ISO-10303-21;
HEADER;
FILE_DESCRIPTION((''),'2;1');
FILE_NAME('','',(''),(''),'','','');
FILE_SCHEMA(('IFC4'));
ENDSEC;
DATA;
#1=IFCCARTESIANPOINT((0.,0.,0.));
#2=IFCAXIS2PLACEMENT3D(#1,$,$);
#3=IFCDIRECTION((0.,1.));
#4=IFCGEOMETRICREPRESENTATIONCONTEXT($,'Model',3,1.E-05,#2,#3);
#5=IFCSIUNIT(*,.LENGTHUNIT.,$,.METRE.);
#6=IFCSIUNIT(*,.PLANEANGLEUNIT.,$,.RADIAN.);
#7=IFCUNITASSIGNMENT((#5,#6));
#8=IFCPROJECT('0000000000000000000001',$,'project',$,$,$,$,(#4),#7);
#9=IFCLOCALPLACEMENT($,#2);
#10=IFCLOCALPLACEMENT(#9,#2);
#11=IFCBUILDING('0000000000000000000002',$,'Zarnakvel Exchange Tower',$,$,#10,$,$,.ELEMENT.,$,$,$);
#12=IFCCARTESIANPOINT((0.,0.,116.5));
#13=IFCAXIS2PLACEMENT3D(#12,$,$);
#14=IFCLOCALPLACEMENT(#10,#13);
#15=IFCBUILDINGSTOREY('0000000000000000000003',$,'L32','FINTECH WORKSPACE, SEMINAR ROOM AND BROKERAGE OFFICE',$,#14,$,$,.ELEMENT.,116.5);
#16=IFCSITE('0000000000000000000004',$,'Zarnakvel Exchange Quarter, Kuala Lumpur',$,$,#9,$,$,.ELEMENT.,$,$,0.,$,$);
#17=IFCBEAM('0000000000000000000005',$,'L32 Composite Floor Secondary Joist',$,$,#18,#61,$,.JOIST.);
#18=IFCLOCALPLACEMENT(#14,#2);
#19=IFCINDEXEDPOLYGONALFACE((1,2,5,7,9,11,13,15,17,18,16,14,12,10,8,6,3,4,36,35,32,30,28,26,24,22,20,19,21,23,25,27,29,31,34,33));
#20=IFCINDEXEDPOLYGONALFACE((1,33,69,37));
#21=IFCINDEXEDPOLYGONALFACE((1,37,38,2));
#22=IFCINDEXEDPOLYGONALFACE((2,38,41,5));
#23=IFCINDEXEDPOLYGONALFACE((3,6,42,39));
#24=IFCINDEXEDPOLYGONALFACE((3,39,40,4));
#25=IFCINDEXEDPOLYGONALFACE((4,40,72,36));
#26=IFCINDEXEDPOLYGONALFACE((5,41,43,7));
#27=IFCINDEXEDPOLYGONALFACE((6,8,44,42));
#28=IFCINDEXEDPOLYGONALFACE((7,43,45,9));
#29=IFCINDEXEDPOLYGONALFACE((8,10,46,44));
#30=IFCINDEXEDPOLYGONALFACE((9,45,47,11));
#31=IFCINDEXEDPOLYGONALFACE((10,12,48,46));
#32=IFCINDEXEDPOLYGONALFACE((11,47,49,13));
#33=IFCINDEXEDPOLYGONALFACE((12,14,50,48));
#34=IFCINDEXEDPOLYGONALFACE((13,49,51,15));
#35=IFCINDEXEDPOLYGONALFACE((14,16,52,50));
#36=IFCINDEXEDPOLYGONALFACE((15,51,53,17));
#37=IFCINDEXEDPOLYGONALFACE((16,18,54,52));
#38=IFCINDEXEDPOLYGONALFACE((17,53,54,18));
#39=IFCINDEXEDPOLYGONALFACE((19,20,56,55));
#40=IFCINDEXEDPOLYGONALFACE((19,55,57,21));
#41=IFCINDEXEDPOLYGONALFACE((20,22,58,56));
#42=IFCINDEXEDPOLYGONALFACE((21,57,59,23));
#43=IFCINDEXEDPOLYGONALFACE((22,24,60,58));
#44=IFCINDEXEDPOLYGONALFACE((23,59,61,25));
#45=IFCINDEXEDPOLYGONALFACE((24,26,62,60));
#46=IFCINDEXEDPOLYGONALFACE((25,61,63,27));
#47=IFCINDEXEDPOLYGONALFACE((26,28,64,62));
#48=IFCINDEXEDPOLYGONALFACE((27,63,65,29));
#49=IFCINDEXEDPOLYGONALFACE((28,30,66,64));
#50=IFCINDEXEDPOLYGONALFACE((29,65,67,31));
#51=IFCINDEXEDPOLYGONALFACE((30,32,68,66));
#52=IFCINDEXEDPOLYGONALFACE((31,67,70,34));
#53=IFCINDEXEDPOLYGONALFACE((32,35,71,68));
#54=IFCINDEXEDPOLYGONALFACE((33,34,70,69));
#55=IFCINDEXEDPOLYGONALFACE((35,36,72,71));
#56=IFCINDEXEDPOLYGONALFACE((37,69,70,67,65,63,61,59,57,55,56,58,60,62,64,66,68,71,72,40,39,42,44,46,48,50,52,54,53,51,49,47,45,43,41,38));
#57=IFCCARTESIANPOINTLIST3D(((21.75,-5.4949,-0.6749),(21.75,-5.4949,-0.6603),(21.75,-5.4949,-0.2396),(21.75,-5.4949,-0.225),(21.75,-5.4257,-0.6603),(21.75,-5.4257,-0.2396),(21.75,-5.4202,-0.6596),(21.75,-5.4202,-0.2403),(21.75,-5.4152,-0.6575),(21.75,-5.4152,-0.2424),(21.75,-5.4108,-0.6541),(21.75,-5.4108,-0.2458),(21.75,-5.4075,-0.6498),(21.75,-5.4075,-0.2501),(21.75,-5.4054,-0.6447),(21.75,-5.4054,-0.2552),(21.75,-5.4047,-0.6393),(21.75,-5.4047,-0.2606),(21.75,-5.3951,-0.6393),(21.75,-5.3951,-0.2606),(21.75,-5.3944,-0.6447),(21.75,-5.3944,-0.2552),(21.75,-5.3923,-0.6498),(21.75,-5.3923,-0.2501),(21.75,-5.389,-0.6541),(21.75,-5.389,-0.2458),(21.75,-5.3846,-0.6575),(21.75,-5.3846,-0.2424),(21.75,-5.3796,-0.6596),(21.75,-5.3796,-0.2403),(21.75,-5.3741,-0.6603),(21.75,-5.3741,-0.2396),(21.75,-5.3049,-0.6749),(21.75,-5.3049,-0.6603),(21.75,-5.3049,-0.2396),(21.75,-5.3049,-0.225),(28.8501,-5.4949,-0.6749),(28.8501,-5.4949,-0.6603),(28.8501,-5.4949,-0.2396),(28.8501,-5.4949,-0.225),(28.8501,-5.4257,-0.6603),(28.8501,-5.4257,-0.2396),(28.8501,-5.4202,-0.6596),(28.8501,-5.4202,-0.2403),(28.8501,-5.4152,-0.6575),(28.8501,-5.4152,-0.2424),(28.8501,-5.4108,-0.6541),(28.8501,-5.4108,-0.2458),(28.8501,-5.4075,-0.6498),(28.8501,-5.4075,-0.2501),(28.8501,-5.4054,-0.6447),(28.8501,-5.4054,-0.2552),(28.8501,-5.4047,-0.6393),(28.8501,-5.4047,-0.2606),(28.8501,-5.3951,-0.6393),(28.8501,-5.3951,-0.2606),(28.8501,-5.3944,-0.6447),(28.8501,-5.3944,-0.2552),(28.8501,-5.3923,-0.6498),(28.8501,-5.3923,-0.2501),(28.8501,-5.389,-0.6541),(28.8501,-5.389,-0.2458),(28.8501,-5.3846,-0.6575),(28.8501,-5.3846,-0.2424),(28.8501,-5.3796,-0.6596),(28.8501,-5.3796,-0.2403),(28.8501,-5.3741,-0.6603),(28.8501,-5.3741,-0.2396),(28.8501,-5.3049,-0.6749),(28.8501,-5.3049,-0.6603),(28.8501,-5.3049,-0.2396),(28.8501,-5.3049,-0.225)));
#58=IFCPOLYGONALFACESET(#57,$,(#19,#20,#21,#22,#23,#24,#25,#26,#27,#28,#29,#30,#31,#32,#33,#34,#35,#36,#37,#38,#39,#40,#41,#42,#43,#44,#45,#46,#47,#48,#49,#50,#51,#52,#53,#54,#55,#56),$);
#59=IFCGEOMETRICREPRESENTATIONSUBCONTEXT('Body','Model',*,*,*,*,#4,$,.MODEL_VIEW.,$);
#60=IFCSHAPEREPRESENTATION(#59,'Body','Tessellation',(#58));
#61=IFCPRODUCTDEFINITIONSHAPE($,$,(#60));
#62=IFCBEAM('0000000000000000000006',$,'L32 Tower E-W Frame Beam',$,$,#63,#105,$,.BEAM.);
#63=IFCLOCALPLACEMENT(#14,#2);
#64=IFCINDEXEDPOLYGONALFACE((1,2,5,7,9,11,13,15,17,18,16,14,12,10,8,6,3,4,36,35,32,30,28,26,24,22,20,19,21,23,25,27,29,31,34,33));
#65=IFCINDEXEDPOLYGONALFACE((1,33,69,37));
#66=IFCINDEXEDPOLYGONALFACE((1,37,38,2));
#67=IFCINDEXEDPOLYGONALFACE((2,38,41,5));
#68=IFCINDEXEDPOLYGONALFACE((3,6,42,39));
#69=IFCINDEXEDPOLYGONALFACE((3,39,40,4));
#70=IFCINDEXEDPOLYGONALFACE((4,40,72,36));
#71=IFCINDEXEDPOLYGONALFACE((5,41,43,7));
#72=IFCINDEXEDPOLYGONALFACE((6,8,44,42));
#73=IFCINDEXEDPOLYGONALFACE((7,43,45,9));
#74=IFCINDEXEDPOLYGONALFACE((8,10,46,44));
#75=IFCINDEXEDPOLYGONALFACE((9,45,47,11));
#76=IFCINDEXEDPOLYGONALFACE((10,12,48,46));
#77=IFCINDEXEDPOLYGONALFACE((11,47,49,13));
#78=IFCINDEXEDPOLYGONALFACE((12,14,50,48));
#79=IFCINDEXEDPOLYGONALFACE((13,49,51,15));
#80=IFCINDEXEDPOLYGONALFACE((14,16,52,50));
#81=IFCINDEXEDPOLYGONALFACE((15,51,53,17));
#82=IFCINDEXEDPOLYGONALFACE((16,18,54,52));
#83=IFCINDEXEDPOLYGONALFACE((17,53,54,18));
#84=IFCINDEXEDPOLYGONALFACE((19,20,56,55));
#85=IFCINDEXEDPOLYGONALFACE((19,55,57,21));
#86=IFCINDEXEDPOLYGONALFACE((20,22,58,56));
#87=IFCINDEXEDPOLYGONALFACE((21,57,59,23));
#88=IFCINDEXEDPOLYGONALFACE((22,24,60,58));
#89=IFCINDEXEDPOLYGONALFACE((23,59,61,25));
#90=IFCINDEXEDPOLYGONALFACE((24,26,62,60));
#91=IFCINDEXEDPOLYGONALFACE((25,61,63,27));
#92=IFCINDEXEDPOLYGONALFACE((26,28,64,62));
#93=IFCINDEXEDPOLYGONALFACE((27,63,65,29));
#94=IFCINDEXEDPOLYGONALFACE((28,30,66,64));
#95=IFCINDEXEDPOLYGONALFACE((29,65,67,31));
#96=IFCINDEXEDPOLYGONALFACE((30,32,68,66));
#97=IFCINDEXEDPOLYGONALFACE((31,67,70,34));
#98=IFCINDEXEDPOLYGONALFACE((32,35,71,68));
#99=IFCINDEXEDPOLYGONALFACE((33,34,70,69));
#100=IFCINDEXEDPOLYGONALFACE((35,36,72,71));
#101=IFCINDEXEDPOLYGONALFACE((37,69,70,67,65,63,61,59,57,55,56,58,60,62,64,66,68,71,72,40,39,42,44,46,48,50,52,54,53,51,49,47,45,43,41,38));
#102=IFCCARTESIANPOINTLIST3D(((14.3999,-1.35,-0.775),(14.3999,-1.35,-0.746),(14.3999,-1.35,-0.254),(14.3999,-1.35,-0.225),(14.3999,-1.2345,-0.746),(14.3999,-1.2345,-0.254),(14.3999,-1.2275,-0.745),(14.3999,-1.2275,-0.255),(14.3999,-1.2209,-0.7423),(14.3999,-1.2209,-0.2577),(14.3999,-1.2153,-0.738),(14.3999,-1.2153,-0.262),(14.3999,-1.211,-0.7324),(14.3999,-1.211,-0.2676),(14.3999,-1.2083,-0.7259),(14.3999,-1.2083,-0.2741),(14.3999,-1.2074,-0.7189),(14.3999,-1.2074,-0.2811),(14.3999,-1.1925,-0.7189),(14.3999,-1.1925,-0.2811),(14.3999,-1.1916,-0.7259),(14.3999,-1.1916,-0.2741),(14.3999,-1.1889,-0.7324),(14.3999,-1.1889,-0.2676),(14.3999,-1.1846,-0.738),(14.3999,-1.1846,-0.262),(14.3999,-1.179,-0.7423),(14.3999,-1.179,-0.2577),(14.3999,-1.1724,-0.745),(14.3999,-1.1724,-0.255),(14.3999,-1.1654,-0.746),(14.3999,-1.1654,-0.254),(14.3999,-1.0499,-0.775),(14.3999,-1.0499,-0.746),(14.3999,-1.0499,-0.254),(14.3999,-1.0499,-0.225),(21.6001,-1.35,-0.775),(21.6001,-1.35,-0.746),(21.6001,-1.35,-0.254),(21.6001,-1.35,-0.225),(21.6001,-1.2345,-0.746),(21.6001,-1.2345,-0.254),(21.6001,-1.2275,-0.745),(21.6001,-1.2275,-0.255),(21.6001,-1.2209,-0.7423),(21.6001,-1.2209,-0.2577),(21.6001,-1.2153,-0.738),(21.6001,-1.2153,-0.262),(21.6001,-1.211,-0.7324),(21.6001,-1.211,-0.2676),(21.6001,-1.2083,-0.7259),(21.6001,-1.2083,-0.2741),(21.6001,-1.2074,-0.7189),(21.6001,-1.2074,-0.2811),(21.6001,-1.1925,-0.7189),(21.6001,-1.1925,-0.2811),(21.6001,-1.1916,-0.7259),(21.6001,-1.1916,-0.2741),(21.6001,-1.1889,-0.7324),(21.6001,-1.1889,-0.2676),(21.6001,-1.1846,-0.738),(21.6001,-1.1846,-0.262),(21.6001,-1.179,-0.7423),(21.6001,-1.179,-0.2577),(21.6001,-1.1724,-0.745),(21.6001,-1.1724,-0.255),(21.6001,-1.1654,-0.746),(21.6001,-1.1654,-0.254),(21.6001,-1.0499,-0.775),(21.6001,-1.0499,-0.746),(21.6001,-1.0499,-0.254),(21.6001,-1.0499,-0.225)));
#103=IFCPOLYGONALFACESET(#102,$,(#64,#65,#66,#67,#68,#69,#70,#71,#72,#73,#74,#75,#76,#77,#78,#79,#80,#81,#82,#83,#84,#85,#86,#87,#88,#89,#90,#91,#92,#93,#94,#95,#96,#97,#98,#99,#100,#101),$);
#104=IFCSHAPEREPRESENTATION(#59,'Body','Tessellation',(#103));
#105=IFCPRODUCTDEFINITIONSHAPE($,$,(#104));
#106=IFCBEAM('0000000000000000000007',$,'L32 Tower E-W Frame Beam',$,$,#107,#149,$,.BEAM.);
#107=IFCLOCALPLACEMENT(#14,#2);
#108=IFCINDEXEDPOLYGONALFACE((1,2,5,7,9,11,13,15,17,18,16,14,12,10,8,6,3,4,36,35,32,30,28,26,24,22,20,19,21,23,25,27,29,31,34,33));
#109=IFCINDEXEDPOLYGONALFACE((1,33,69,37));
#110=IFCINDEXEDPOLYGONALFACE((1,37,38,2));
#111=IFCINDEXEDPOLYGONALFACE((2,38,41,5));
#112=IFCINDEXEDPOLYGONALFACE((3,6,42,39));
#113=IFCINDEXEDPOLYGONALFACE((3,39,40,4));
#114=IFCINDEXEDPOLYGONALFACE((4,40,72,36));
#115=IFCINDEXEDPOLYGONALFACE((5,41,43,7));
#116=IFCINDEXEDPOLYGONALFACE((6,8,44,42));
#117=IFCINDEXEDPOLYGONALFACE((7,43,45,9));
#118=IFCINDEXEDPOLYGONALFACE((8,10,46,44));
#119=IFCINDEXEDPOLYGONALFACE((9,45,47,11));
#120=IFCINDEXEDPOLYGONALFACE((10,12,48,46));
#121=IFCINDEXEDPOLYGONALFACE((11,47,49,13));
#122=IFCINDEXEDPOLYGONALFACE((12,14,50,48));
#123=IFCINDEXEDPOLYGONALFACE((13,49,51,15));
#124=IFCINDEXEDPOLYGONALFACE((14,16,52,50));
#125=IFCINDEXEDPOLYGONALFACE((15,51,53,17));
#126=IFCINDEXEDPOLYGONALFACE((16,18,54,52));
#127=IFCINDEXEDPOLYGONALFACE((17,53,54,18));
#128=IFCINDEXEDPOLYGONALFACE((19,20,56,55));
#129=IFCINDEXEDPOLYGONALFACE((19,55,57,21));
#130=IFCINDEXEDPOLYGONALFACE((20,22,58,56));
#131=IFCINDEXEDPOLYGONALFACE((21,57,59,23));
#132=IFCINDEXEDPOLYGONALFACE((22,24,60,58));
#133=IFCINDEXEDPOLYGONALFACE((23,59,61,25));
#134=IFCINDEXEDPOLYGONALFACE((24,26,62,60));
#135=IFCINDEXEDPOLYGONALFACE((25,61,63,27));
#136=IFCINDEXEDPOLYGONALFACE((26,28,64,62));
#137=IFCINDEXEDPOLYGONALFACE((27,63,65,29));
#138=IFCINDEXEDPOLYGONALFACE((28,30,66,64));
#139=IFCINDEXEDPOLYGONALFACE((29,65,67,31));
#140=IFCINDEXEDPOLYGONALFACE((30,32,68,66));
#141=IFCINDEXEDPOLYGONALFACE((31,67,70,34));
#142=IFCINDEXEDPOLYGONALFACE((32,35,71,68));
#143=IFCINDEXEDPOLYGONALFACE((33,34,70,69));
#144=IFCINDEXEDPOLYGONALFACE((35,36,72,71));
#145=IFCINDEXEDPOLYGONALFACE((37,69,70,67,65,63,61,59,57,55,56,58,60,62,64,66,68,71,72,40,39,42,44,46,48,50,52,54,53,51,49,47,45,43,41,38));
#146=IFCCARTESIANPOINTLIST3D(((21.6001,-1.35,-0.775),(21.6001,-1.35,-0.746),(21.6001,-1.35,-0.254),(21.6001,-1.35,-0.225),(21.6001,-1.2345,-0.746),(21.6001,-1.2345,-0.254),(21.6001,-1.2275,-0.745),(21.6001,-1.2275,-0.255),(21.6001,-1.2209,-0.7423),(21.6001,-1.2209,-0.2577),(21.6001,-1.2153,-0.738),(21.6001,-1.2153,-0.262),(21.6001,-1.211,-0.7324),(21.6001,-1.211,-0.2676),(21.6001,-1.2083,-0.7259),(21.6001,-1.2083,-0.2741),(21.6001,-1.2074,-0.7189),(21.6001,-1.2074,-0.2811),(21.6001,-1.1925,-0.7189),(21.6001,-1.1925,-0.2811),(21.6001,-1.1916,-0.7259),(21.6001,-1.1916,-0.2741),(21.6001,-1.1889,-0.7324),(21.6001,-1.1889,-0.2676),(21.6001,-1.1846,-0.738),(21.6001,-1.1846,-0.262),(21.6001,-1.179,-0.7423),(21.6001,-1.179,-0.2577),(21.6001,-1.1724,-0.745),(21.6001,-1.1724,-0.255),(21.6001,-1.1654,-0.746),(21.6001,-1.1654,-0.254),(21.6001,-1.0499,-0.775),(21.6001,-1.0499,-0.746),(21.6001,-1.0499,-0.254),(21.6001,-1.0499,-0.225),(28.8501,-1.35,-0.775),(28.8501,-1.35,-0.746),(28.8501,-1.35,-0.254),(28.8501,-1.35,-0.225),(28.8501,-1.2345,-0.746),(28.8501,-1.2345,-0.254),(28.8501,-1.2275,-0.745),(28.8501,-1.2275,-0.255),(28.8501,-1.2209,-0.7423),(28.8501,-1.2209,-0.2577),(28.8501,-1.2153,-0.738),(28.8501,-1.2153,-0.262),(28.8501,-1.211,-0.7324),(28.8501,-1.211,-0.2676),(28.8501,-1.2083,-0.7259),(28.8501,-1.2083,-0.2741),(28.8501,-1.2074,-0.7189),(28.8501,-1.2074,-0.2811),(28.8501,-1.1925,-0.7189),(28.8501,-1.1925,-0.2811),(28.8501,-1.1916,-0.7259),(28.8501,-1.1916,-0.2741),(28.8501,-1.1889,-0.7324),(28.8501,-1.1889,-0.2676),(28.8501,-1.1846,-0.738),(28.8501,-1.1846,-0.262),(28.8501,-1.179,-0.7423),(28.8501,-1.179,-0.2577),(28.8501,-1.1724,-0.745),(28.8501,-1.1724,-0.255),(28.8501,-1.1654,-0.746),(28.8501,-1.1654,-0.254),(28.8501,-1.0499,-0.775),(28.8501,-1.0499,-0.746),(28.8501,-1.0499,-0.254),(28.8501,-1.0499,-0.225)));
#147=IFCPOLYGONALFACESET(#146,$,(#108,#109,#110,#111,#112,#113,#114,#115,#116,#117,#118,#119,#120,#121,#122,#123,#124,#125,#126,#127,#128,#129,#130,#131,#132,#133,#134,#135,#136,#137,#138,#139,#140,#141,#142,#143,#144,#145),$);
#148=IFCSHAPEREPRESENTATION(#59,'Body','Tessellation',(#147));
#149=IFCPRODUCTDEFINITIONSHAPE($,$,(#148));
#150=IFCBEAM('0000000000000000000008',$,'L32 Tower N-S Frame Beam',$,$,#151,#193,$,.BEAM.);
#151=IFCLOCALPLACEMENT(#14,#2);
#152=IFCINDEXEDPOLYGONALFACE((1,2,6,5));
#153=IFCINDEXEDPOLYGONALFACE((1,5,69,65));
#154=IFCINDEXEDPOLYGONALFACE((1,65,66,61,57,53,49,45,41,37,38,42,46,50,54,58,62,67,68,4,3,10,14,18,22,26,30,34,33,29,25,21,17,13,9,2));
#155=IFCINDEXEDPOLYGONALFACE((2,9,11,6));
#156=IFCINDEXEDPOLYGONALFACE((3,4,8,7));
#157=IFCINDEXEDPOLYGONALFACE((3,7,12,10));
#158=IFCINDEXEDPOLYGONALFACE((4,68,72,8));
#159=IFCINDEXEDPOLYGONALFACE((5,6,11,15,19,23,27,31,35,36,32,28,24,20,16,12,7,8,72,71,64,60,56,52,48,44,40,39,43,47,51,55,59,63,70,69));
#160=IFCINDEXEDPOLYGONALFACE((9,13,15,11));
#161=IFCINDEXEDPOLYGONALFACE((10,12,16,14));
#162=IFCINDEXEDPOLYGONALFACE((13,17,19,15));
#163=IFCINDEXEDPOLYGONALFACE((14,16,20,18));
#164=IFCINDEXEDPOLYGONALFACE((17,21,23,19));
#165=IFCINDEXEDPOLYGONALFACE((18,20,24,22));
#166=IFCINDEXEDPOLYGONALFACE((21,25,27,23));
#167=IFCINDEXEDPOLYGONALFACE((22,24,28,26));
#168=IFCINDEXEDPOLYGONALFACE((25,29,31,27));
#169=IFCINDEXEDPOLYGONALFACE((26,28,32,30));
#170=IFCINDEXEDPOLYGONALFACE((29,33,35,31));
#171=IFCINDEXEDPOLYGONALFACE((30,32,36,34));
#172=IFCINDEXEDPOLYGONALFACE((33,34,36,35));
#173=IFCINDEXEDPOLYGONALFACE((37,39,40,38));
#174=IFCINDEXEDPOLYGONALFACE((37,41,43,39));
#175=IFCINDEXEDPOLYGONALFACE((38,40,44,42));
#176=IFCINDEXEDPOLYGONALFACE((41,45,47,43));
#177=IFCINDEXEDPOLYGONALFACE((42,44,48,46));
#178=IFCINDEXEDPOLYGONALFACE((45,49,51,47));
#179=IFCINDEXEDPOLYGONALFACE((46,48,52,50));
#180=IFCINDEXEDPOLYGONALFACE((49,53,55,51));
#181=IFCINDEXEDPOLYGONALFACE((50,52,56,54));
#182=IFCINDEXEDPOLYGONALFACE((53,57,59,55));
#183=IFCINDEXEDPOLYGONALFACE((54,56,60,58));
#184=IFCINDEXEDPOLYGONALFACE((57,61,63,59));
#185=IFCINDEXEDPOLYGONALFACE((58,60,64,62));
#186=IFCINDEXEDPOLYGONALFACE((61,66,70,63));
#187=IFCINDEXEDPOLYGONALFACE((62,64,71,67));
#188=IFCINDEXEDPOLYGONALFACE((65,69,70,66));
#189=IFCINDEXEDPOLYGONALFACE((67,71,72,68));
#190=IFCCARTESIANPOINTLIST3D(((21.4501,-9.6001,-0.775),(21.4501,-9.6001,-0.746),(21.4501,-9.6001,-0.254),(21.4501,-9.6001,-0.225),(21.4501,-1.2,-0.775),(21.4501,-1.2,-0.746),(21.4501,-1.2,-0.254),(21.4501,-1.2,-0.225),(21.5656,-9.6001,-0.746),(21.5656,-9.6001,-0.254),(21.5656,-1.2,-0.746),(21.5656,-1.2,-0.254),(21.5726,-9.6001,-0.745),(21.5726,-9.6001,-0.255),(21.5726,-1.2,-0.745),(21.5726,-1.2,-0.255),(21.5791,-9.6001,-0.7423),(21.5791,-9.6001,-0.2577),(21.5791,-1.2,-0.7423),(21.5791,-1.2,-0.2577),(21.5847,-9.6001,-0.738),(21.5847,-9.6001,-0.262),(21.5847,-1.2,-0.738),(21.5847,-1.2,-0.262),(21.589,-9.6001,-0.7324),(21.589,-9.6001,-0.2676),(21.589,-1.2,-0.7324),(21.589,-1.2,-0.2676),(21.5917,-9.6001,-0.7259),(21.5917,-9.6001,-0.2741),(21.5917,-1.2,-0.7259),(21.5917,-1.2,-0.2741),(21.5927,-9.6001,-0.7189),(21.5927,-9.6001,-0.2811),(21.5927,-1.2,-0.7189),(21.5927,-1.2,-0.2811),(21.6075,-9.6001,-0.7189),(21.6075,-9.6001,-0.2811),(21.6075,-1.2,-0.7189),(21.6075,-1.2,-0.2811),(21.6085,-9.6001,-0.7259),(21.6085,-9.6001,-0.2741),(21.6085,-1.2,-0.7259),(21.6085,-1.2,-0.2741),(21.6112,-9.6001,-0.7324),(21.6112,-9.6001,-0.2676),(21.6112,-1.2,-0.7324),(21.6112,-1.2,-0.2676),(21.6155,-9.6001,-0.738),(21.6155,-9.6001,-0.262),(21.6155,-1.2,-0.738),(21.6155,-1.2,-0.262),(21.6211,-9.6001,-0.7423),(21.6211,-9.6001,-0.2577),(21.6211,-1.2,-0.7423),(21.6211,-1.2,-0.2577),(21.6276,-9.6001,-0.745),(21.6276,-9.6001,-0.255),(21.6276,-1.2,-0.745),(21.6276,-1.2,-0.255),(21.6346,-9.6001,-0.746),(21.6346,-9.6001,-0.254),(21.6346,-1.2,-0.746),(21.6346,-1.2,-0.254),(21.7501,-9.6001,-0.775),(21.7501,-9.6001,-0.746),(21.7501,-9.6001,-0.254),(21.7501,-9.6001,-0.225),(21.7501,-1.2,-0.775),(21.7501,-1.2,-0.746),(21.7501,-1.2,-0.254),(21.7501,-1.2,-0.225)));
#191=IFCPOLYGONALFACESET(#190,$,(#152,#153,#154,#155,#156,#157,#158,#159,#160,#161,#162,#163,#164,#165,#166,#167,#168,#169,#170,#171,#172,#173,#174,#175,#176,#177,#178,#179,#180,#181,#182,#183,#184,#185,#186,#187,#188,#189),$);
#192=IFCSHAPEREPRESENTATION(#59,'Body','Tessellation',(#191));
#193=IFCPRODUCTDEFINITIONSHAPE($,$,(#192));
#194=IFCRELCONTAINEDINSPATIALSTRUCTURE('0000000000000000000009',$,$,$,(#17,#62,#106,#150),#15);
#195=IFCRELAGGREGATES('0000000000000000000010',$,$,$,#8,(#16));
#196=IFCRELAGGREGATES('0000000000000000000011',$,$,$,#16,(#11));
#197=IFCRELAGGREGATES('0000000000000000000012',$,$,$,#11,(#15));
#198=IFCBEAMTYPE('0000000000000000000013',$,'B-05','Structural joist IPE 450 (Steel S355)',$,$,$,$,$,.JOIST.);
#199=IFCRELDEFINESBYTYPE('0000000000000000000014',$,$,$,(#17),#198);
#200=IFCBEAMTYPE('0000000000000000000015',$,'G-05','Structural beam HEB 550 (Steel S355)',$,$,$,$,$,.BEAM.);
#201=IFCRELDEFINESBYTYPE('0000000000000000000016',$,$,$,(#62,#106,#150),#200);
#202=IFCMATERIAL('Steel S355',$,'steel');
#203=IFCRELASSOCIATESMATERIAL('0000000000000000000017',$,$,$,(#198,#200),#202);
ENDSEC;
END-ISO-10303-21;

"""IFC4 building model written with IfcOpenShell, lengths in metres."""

from ifc_helpers import new_model, si_unit, direction, frame, origin, origin_2d, place, context, subcontext, project, spatial, i_section, extrude, material, material_profile, profile_set, type_object, element, save


model = new_model("IFC4")

# Units and contexts
model_context = context("Model", 3, precision=1e-05, world=origin(), true_north=direction((0.0, 1.0)))
body_context = subcontext(model_context, "Body", "Model", "MODEL_VIEW")
ifc_project = project(units=[si_unit("LENGTHUNIT", "METRE"), si_unit("PLANEANGLEUNIT", "RADIAN")], contexts=[model_context])

# Site, building, storey
site_placement = place(None, origin())
site = spatial("IfcSite", under=ifc_project, at=site_placement, Name="Zarnakvel Exchange Quarter, Kuala Lumpur", CompositionType="ELEMENT", RefElevation=0.0)
building_placement = place(site_placement, origin())
building = spatial("IfcBuilding", under=site, at=building_placement, Name="Zarnakvel Exchange Tower", CompositionType="ELEMENT")
storey_placement = place(building_placement, frame((0.0, 0.0, 116.5)))
storey = spatial("IfcBuildingStorey", under=building, at=storey_placement, Name="L32", Description="FINTECH WORKSPACE, SEMINAR ROOM AND BROKERAGE OFFICE", CompositionType="ELEMENT", Elevation=116.5)

# Shared definitions
ifc_material_1 = material(Name="Steel S355", Category="steel")

# Beams
ifc_material_profile_1 = material_profile(ifc_material_1, i_section(OverallWidth=0.1899, OverallDepth=0.45, WebThickness=0.0095, FlangeThickness=0.0146, FilletRadius=0.021, at=origin_2d()))
ifc_profile_set_1 = profile_set([ifc_material_profile_1], Name="Steel S355")
beam_type_1 = type_object("IfcBeamType", Name="B-05", Description="Structural joist IPE 450 (Steel S355)", PredefinedType="JOIST", material=ifc_profile_set_1)
beam_1_placement = place(storey_placement, frame((21.75, -5.3999, -0.45), z_axis=(1.0, 0.0, 0.0), x_axis=(0.0, 1.0, 0.0)))
element("IfcBeam", 1, at=beam_1_placement, inside=storey, type_object=beam_type_1, Name="L32 Composite Floor Secondary Joist", PredefinedType="JOIST", context=body_context, shape_type="SweptSolid", body=[
    extrude(i_section(OverallWidth=0.1899, OverallDepth=0.45, WebThickness=0.0095, FlangeThickness=0.0146, FilletRadius=0.021, at=origin_2d()), origin(), (0.0, 0.0, 1.0), 7.1001),
])
ifc_material_profile_2 = material_profile(ifc_material_1, i_section(OverallWidth=0.3, OverallDepth=0.55, WebThickness=0.0149, FlangeThickness=0.0291, FilletRadius=0.0271, at=origin_2d()))
ifc_profile_set_2 = profile_set([ifc_material_profile_2], Name="Steel S355")
beam_type_2 = type_object("IfcBeamType", Name="G-05", Description="Structural beam HEB 550 (Steel S355)", PredefinedType="BEAM", material=ifc_profile_set_2)
beam_2_placement = place(storey_placement, frame((14.3999, -1.2, -0.5), z_axis=(1.0, 0.0, 0.0), x_axis=(0.0, 1.0, 0.0)))
element("IfcBeam", 2, at=beam_2_placement, inside=storey, type_object=beam_type_2, Name="L32 Tower E-W Frame Beam", PredefinedType="BEAM", context=body_context, shape_type="SweptSolid", body=[
    extrude(i_section(OverallWidth=0.3, OverallDepth=0.55, WebThickness=0.0149, FlangeThickness=0.0291, FilletRadius=0.0271, at=origin_2d()), origin(), (0.0, 0.0, 1.0), 7.2002),
])
beam_3_placement = place(storey_placement, frame((21.6001, -1.2, -0.5), z_axis=(1.0, 0.0, 0.0), x_axis=(0.0, 1.0, 0.0)))
element("IfcBeam", 3, at=beam_3_placement, inside=storey, type_object=beam_type_2, Name="L32 Tower E-W Frame Beam", PredefinedType="BEAM", context=body_context, shape_type="SweptSolid", body=[
    extrude(i_section(OverallWidth=0.3, OverallDepth=0.55, WebThickness=0.0149, FlangeThickness=0.0291, FilletRadius=0.0271, at=origin_2d()), origin(), (0.0, 0.0, 1.0), 7.25),
])
beam_4_placement = place(storey_placement, frame((21.6001, -9.6001, -0.5), z_axis=(0.0, 1.0, 0.0), x_axis=(-1.0, 0.0, 0.0)))
element("IfcBeam", 4, at=beam_4_placement, inside=storey, type_object=beam_type_2, Name="L32 Tower N-S Frame Beam", PredefinedType="BEAM", context=body_context, shape_type="SweptSolid", body=[
    extrude(i_section(OverallWidth=0.3, OverallDepth=0.55, WebThickness=0.0149, FlangeThickness=0.0291, FilletRadius=0.0271, at=origin_2d()), origin(), (0.0, 0.0, 1.0), 8.4001),
])

save(model, "model.ifc")
